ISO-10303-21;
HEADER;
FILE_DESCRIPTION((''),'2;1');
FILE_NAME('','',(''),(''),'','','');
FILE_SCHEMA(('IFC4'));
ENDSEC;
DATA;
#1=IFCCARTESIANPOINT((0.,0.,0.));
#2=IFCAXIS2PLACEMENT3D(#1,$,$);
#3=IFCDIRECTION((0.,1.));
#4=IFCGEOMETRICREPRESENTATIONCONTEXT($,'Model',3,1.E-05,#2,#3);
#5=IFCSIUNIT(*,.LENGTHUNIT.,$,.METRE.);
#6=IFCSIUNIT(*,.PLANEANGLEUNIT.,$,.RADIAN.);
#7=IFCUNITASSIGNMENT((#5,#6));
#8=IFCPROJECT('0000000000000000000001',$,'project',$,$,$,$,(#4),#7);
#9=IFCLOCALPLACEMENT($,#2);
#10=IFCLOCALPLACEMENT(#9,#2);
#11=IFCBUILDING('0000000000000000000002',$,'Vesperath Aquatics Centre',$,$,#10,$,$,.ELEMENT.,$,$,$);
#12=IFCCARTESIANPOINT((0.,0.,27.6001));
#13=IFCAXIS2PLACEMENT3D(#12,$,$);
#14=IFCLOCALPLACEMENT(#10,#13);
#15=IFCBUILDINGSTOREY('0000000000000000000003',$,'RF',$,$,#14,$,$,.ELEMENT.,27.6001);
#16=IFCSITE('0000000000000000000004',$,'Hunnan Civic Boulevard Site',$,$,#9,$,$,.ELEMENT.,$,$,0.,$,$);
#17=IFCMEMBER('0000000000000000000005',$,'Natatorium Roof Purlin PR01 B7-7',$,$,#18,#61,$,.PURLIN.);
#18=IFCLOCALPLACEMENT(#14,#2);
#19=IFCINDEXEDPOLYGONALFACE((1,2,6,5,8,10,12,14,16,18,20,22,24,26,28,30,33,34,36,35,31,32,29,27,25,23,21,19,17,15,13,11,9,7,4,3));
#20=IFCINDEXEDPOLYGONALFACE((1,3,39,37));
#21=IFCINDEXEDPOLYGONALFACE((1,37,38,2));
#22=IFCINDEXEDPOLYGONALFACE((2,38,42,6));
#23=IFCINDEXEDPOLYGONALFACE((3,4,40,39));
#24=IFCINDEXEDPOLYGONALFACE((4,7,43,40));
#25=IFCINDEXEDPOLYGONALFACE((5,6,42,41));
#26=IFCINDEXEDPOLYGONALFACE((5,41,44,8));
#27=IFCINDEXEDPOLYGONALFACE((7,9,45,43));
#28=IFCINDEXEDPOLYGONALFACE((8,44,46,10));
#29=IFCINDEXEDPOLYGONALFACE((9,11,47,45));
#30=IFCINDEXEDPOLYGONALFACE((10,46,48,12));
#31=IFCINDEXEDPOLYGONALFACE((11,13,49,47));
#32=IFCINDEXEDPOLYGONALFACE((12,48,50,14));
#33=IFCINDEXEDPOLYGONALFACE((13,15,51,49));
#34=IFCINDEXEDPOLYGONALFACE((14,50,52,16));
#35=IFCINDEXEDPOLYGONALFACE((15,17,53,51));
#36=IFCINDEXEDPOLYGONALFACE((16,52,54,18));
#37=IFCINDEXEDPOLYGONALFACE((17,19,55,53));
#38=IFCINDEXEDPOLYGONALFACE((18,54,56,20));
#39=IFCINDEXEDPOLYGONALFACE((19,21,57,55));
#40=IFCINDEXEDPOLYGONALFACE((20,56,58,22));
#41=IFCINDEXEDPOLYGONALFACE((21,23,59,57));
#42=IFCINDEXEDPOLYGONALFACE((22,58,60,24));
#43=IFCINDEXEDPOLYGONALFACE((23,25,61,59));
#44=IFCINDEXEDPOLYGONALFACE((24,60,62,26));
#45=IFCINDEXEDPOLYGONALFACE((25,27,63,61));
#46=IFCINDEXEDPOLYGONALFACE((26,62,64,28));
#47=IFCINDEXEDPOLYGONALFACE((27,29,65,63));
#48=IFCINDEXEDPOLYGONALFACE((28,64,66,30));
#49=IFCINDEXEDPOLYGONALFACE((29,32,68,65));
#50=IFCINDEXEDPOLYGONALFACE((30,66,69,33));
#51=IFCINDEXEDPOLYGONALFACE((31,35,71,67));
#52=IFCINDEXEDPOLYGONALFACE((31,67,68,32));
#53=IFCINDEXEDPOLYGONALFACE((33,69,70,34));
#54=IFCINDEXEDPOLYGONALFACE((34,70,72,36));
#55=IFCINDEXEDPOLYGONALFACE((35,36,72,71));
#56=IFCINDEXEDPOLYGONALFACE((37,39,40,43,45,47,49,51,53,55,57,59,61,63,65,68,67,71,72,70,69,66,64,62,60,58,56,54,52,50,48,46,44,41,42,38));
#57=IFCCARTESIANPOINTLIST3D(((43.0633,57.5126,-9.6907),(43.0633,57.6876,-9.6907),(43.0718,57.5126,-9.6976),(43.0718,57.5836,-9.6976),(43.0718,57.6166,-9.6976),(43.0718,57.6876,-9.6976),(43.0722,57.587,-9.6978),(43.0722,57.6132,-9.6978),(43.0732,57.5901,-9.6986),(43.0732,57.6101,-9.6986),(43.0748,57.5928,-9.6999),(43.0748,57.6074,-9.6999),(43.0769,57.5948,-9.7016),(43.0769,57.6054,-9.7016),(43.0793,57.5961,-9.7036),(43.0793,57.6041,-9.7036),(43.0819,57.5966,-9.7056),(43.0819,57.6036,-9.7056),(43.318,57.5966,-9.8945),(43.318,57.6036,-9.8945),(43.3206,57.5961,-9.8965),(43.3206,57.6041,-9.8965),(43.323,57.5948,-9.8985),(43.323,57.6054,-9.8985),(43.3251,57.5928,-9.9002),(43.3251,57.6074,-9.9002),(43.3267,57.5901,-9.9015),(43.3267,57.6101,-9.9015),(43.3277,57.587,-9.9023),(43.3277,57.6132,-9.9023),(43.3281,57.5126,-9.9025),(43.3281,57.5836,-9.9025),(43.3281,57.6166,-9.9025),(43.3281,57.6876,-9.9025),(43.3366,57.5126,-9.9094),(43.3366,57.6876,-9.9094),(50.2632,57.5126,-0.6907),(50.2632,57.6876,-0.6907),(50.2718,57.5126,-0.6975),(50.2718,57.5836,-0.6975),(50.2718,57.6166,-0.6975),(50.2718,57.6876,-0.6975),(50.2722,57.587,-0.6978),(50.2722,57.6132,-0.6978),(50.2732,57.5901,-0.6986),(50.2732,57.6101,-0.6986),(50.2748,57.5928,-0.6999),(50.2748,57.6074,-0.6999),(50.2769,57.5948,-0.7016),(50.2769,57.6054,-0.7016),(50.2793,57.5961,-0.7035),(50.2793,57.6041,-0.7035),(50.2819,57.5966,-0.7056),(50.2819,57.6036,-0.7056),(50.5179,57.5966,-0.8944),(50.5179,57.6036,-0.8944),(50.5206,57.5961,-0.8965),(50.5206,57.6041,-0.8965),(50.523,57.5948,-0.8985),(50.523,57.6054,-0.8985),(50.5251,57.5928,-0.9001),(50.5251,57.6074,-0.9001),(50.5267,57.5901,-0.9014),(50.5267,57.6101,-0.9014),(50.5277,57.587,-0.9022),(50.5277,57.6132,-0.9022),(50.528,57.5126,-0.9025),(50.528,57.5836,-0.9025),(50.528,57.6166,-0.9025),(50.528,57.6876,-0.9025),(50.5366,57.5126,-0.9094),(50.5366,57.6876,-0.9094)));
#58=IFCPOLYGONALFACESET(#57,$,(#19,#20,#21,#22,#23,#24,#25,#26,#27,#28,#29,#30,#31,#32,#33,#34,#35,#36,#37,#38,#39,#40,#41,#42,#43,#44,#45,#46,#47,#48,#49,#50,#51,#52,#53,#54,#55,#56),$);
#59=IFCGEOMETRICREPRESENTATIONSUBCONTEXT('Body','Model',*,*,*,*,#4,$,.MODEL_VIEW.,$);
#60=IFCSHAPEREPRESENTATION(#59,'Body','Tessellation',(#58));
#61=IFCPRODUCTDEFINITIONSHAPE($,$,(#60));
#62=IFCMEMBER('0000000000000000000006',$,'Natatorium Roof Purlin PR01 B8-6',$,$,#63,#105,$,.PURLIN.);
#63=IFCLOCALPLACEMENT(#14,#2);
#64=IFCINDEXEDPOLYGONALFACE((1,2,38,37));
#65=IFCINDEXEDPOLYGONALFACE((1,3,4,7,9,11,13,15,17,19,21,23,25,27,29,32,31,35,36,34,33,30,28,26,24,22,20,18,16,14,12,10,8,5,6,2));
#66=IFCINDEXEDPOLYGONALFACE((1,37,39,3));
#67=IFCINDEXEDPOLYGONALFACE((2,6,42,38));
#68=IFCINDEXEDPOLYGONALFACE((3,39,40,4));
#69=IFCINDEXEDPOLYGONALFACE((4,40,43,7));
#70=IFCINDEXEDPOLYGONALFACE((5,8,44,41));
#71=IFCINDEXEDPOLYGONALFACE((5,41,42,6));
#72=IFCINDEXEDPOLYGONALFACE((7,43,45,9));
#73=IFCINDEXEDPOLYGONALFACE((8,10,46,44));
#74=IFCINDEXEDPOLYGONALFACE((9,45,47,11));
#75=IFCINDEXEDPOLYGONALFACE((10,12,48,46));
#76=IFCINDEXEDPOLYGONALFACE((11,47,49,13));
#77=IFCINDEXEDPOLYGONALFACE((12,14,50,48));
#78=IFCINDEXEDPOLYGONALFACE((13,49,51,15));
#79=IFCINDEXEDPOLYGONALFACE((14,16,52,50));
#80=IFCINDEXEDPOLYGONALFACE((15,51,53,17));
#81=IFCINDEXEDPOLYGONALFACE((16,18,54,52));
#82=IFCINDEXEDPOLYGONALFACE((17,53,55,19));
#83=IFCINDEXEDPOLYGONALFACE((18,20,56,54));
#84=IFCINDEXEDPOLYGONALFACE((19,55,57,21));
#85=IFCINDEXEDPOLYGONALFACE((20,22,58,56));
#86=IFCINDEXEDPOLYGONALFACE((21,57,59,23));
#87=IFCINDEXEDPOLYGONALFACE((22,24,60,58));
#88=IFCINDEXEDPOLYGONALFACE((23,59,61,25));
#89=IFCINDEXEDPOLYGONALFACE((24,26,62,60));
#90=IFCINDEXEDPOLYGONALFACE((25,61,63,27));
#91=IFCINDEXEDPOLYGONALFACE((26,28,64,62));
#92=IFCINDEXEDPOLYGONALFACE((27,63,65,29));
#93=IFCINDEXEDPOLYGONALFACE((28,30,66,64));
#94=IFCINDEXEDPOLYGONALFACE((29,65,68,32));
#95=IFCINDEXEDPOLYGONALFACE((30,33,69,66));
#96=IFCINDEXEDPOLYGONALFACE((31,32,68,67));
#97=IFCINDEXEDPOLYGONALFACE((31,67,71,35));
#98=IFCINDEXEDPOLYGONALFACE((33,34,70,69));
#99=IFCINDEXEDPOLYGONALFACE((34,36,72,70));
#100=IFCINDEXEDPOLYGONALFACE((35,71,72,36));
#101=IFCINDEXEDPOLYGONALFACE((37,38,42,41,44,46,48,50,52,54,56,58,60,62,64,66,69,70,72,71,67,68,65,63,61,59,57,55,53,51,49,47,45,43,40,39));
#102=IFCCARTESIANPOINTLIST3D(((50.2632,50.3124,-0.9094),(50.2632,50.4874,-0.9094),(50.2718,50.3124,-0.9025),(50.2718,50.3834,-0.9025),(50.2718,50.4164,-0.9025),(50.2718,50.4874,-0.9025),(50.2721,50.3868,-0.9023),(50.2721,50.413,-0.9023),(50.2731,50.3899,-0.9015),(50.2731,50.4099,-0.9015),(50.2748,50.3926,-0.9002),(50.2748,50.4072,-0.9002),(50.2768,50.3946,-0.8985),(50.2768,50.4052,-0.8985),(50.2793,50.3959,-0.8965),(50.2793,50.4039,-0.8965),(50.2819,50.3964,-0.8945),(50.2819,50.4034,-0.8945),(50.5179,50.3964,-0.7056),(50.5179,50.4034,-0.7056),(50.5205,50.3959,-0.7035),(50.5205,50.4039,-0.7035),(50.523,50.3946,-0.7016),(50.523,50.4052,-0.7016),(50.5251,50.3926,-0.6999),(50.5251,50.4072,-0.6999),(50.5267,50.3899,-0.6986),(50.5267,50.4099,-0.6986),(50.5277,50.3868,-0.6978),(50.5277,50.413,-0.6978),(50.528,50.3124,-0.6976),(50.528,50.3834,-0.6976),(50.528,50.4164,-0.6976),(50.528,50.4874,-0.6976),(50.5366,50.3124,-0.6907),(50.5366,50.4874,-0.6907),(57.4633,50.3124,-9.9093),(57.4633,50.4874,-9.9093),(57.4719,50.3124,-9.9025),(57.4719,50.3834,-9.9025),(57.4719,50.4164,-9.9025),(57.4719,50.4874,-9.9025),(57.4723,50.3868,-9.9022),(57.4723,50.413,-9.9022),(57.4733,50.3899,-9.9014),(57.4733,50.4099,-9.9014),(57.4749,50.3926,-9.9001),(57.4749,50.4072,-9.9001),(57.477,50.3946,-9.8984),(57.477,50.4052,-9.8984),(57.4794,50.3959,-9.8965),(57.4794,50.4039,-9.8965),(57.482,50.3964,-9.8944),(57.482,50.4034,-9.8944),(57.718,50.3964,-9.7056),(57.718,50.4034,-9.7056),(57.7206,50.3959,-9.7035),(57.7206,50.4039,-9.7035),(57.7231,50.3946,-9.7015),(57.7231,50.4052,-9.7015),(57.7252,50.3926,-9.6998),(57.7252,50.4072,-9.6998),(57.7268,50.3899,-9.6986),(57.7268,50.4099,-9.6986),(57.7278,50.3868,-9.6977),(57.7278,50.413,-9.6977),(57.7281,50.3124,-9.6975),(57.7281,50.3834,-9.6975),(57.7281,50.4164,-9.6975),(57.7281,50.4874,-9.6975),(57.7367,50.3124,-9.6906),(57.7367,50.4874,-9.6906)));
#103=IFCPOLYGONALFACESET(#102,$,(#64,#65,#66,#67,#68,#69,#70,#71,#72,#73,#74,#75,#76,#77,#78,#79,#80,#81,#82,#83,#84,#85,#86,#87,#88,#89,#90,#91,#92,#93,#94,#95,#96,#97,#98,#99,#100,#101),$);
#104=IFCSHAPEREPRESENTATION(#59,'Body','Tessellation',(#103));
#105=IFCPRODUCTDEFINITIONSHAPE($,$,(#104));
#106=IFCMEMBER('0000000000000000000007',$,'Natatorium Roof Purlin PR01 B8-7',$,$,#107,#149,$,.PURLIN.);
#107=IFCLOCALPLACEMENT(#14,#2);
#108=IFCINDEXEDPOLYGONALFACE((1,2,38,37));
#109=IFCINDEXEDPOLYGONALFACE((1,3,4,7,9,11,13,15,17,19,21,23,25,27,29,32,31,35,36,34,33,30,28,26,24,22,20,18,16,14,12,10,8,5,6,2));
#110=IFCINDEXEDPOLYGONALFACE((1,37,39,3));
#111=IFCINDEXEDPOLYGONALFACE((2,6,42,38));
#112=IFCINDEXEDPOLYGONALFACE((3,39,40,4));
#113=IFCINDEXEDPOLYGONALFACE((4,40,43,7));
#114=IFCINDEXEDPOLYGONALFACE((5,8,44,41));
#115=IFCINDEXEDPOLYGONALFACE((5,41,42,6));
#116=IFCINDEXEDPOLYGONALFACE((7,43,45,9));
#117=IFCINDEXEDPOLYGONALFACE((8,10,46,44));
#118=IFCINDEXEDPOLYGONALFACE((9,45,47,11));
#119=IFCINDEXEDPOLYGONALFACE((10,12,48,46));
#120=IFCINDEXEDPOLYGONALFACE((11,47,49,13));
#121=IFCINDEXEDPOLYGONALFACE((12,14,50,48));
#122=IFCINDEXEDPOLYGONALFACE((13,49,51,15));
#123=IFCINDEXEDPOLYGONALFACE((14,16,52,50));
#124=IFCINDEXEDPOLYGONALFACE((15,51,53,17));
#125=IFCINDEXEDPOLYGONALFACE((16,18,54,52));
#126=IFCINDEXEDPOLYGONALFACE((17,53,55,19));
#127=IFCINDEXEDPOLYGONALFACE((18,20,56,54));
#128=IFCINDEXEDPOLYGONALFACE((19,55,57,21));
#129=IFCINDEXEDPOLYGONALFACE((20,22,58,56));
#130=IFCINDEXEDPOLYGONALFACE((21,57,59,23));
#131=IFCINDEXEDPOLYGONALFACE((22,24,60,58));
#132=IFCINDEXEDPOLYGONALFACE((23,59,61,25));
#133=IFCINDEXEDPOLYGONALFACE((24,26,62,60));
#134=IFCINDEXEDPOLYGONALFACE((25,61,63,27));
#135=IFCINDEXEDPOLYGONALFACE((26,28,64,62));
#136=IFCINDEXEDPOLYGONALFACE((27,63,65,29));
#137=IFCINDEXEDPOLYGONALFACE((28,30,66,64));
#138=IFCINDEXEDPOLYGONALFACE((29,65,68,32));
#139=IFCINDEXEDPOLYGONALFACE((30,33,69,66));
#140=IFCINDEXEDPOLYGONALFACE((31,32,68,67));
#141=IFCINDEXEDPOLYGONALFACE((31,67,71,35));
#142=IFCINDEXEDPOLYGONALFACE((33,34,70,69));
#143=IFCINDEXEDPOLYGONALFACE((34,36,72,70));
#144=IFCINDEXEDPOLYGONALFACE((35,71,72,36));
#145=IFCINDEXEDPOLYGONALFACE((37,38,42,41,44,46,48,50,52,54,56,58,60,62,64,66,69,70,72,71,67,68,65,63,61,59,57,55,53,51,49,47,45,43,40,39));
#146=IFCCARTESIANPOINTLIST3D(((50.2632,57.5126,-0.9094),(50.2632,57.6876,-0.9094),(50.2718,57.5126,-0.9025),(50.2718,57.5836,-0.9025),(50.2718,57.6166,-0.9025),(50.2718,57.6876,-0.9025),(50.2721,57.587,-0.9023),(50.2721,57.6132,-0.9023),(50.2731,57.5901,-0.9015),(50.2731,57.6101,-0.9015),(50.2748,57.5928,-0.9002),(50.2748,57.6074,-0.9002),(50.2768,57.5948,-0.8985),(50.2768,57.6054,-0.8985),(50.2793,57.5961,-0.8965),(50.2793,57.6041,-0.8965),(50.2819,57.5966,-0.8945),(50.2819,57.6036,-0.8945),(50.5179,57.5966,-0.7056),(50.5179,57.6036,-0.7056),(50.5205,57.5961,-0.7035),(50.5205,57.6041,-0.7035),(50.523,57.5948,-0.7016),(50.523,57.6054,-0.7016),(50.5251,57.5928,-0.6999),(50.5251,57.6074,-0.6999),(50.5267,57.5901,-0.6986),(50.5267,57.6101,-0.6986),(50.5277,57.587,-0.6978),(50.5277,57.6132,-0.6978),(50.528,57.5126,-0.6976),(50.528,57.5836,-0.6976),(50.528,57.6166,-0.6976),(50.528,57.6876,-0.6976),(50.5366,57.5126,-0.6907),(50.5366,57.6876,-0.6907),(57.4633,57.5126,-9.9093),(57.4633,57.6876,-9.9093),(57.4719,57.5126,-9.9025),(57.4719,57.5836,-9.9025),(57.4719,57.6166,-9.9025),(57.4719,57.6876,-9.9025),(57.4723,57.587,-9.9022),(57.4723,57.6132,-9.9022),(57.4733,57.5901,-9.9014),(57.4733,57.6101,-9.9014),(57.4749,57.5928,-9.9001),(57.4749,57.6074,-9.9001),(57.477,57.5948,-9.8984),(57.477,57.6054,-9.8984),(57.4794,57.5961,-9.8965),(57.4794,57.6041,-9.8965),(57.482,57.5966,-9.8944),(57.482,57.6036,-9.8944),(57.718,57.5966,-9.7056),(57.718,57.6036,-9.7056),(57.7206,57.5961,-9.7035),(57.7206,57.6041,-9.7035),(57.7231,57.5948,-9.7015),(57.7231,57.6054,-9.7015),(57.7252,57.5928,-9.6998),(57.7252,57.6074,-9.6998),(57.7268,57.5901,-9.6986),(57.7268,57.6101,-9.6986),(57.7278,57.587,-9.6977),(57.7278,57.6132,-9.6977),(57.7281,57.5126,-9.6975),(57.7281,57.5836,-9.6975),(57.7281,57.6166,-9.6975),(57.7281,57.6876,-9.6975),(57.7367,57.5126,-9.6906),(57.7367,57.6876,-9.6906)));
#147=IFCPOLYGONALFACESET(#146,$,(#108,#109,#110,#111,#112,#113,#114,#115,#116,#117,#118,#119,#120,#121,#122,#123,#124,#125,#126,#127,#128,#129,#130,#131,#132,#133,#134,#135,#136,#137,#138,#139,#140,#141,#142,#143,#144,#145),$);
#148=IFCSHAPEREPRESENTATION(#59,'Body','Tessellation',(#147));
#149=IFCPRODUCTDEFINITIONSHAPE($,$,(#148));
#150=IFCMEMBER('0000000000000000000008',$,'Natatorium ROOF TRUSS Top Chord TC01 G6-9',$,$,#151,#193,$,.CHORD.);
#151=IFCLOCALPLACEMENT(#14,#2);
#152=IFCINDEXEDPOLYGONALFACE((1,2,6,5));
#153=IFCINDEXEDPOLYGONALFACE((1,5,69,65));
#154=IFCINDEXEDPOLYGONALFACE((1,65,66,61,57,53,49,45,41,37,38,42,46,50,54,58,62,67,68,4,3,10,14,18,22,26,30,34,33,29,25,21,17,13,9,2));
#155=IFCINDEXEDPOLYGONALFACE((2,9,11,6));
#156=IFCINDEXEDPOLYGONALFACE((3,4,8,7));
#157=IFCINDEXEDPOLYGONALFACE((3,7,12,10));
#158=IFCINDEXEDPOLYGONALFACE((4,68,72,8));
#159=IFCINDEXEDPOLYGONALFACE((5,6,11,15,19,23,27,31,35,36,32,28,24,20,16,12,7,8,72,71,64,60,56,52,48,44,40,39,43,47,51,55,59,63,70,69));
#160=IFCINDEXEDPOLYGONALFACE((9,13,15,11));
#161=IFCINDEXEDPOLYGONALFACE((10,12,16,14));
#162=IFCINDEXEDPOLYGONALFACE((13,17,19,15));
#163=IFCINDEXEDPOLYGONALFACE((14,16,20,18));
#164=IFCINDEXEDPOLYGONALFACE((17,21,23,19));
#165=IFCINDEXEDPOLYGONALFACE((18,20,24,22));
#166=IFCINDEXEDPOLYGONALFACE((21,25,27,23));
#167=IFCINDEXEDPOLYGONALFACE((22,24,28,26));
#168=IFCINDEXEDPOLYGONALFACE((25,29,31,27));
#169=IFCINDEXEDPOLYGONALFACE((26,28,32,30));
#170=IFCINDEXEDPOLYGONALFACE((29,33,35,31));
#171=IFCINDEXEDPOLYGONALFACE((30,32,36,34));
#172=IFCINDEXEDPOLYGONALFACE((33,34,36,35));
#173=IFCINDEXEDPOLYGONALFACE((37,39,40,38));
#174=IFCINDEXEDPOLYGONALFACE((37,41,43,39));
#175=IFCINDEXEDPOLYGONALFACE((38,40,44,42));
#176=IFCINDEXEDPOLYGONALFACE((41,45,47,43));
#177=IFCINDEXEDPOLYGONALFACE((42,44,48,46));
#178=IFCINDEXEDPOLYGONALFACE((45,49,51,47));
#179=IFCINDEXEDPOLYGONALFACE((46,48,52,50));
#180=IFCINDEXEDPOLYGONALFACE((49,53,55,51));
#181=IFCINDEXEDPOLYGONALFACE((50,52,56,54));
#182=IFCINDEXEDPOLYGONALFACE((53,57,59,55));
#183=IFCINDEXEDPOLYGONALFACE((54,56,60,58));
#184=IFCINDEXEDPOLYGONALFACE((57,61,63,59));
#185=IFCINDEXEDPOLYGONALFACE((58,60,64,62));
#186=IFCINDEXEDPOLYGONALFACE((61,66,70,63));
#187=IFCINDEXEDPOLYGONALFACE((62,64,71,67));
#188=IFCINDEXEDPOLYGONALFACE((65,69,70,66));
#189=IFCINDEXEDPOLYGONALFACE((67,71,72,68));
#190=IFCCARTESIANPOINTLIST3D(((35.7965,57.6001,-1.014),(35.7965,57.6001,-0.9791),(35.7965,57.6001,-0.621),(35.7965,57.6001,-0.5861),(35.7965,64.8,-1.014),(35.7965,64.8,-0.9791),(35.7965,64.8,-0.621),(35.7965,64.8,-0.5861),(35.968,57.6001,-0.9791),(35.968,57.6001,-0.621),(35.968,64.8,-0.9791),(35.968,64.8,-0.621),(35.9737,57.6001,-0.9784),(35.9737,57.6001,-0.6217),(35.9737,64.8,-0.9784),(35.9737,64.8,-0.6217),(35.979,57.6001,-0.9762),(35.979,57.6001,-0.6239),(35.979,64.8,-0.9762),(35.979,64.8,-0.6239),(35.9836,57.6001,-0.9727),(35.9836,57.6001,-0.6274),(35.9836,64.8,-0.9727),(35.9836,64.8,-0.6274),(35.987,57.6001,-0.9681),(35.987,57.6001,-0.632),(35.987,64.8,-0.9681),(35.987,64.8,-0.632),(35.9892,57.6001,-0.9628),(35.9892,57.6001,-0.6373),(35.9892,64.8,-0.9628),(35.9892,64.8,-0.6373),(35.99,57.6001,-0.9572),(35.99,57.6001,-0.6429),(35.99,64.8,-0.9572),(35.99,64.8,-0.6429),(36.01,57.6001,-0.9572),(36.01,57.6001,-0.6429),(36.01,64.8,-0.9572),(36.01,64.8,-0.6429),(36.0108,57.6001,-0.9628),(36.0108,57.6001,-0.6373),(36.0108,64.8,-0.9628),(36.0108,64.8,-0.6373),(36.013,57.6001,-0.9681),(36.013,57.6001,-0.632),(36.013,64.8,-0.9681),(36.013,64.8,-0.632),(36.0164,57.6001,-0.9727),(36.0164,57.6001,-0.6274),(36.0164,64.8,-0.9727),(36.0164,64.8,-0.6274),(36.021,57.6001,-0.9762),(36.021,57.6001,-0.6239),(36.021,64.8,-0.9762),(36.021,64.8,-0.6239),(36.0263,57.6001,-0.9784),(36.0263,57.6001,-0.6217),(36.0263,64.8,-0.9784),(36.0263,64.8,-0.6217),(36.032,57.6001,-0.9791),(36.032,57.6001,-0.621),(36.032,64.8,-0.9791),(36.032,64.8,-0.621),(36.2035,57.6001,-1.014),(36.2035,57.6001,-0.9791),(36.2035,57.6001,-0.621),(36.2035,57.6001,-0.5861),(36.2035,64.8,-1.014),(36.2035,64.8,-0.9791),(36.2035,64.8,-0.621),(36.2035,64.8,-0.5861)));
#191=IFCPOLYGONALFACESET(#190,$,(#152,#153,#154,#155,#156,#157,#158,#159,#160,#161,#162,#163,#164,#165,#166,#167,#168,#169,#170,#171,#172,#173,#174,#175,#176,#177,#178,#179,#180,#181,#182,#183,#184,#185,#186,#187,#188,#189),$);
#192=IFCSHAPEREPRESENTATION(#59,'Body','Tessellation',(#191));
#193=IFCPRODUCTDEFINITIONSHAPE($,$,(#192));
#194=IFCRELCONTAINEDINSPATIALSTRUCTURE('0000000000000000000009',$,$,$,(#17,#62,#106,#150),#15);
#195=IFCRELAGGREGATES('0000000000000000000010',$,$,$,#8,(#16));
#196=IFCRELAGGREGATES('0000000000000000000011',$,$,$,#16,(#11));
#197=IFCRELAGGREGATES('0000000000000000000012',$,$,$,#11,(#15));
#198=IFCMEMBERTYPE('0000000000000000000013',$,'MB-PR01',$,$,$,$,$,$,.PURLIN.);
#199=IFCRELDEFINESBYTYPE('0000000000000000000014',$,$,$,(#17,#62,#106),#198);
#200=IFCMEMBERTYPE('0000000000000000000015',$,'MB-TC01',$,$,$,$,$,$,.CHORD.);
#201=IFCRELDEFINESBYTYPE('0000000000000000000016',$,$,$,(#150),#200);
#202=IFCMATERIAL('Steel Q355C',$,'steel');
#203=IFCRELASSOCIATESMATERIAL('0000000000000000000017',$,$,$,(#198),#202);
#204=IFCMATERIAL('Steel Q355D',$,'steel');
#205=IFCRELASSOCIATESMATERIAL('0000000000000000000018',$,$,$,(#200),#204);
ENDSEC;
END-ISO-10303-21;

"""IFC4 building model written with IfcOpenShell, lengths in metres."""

from ifc_helpers import new_model, si_unit, direction, frame, origin, origin_2d, place, context, subcontext, project, spatial, i_section, extrude, material, material_profile, profile_set, type_object, element, save


model = new_model("IFC4")

# Units and contexts
model_context = context("Model", 3, precision=1e-05, world=origin(), true_north=direction((0.0, 1.0)))
body_context = subcontext(model_context, "Body", "Model", "MODEL_VIEW")
ifc_project = project(units=[si_unit("LENGTHUNIT", "METRE"), si_unit("PLANEANGLEUNIT", "RADIAN")], contexts=[model_context])

# Site, building, storey
site_placement = place(None, origin())
site = spatial("IfcSite", under=ifc_project, at=site_placement, Name="Hunnan Civic Boulevard Site", CompositionType="ELEMENT", RefElevation=0.0)
building_placement = place(site_placement, origin())
building = spatial("IfcBuilding", under=site, at=building_placement, Name="Vesperath Aquatics Centre", CompositionType="ELEMENT")
storey_placement = place(building_placement, frame((0.0, 0.0, 27.6001)))
storey = spatial("IfcBuildingStorey", under=building, at=storey_placement, Name="RF", CompositionType="ELEMENT", Elevation=27.6001)

# Shared definitions
ifc_material_1 = material(Name="Steel Q355C", Category="steel")

# Members
ifc_material_2 = material(Name="Steel Q355D", Category="steel")
ifc_material_profile_1 = material_profile(ifc_material_1, i_section(OverallWidth=0.175, OverallDepth=0.3501, WebThickness=0.0071, FlangeThickness=0.011, FilletRadius=0.0129, at=origin_2d()), Name="HN 350x175x7x11")
ifc_profile_set_1 = profile_set([ifc_material_profile_1], Name="Steel Q355C")
member_type_1 = type_object("IfcMemberType", Name="MB-PR01", PredefinedType="PURLIN", material=ifc_profile_set_1)
for number, where, z_axis, x_axis, name in (
    (1, (43.2, 57.6001, -9.8), (0.624692, 0.0, 0.780871), (0.0, 1.0, 0.0), "Natatorium Roof Purlin PR01 B7-7"),
    (2, (50.3999, 50.3999, -0.8), (0.624705, 0.0, -0.780861), (0.0, 1.0, 0.0), "Natatorium Roof Purlin PR01 B8-6"),
    (3, (50.3999, 57.6001, -0.8), (0.624705, 0.0, -0.780861), (0.0, 1.0, 0.0), "Natatorium Roof Purlin PR01 B8-7"),
):
    element("IfcMember", number, at=place(storey_placement, frame(where, z_axis=z_axis, x_axis=x_axis)), inside=storey, type_object=member_type_1, Name=name, PredefinedType="PURLIN", context=body_context, shape_type="SweptSolid", body=[
        extrude(i_section(OverallWidth=0.175, OverallDepth=0.3501, WebThickness=0.0071, FlangeThickness=0.011, FilletRadius=0.0129, at=origin_2d()), origin(), (0.0, 0.0, 1.0), 11.5256),
    ])
ifc_material_profile_2 = material_profile(ifc_material_2, i_section(OverallWidth=0.407, OverallDepth=0.428, WebThickness=0.02, FlangeThickness=0.0349, FilletRadius=0.022, at=origin_2d()), Name="HW 428x407x20x35")
ifc_profile_set_2 = profile_set([ifc_material_profile_2], Name="Steel Q355D")
member_type_2 = type_object("IfcMemberType", Name="MB-TC01", PredefinedType="CHORD", material=ifc_profile_set_2)
for number, where, z_axis, x_axis, name in (
    (4, (36.0, 57.6001, -0.8), (0.0, 1.0, 0.0), (-1.0, 0.0, 0.0), "Natatorium ROOF TRUSS Top Chord TC01 G6-9"),
):
    element("IfcMember", number, at=place(storey_placement, frame(where, z_axis=z_axis, x_axis=x_axis)), inside=storey, type_object=member_type_2, Name=name, PredefinedType="CHORD", context=body_context, shape_type="SweptSolid", body=[
        extrude(i_section(OverallWidth=0.407, OverallDepth=0.428, WebThickness=0.02, FlangeThickness=0.0349, FilletRadius=0.022, at=origin_2d()), origin(), (0.0, 0.0, 1.0), 7.2),
    ])

save(model, "model.ifc")
